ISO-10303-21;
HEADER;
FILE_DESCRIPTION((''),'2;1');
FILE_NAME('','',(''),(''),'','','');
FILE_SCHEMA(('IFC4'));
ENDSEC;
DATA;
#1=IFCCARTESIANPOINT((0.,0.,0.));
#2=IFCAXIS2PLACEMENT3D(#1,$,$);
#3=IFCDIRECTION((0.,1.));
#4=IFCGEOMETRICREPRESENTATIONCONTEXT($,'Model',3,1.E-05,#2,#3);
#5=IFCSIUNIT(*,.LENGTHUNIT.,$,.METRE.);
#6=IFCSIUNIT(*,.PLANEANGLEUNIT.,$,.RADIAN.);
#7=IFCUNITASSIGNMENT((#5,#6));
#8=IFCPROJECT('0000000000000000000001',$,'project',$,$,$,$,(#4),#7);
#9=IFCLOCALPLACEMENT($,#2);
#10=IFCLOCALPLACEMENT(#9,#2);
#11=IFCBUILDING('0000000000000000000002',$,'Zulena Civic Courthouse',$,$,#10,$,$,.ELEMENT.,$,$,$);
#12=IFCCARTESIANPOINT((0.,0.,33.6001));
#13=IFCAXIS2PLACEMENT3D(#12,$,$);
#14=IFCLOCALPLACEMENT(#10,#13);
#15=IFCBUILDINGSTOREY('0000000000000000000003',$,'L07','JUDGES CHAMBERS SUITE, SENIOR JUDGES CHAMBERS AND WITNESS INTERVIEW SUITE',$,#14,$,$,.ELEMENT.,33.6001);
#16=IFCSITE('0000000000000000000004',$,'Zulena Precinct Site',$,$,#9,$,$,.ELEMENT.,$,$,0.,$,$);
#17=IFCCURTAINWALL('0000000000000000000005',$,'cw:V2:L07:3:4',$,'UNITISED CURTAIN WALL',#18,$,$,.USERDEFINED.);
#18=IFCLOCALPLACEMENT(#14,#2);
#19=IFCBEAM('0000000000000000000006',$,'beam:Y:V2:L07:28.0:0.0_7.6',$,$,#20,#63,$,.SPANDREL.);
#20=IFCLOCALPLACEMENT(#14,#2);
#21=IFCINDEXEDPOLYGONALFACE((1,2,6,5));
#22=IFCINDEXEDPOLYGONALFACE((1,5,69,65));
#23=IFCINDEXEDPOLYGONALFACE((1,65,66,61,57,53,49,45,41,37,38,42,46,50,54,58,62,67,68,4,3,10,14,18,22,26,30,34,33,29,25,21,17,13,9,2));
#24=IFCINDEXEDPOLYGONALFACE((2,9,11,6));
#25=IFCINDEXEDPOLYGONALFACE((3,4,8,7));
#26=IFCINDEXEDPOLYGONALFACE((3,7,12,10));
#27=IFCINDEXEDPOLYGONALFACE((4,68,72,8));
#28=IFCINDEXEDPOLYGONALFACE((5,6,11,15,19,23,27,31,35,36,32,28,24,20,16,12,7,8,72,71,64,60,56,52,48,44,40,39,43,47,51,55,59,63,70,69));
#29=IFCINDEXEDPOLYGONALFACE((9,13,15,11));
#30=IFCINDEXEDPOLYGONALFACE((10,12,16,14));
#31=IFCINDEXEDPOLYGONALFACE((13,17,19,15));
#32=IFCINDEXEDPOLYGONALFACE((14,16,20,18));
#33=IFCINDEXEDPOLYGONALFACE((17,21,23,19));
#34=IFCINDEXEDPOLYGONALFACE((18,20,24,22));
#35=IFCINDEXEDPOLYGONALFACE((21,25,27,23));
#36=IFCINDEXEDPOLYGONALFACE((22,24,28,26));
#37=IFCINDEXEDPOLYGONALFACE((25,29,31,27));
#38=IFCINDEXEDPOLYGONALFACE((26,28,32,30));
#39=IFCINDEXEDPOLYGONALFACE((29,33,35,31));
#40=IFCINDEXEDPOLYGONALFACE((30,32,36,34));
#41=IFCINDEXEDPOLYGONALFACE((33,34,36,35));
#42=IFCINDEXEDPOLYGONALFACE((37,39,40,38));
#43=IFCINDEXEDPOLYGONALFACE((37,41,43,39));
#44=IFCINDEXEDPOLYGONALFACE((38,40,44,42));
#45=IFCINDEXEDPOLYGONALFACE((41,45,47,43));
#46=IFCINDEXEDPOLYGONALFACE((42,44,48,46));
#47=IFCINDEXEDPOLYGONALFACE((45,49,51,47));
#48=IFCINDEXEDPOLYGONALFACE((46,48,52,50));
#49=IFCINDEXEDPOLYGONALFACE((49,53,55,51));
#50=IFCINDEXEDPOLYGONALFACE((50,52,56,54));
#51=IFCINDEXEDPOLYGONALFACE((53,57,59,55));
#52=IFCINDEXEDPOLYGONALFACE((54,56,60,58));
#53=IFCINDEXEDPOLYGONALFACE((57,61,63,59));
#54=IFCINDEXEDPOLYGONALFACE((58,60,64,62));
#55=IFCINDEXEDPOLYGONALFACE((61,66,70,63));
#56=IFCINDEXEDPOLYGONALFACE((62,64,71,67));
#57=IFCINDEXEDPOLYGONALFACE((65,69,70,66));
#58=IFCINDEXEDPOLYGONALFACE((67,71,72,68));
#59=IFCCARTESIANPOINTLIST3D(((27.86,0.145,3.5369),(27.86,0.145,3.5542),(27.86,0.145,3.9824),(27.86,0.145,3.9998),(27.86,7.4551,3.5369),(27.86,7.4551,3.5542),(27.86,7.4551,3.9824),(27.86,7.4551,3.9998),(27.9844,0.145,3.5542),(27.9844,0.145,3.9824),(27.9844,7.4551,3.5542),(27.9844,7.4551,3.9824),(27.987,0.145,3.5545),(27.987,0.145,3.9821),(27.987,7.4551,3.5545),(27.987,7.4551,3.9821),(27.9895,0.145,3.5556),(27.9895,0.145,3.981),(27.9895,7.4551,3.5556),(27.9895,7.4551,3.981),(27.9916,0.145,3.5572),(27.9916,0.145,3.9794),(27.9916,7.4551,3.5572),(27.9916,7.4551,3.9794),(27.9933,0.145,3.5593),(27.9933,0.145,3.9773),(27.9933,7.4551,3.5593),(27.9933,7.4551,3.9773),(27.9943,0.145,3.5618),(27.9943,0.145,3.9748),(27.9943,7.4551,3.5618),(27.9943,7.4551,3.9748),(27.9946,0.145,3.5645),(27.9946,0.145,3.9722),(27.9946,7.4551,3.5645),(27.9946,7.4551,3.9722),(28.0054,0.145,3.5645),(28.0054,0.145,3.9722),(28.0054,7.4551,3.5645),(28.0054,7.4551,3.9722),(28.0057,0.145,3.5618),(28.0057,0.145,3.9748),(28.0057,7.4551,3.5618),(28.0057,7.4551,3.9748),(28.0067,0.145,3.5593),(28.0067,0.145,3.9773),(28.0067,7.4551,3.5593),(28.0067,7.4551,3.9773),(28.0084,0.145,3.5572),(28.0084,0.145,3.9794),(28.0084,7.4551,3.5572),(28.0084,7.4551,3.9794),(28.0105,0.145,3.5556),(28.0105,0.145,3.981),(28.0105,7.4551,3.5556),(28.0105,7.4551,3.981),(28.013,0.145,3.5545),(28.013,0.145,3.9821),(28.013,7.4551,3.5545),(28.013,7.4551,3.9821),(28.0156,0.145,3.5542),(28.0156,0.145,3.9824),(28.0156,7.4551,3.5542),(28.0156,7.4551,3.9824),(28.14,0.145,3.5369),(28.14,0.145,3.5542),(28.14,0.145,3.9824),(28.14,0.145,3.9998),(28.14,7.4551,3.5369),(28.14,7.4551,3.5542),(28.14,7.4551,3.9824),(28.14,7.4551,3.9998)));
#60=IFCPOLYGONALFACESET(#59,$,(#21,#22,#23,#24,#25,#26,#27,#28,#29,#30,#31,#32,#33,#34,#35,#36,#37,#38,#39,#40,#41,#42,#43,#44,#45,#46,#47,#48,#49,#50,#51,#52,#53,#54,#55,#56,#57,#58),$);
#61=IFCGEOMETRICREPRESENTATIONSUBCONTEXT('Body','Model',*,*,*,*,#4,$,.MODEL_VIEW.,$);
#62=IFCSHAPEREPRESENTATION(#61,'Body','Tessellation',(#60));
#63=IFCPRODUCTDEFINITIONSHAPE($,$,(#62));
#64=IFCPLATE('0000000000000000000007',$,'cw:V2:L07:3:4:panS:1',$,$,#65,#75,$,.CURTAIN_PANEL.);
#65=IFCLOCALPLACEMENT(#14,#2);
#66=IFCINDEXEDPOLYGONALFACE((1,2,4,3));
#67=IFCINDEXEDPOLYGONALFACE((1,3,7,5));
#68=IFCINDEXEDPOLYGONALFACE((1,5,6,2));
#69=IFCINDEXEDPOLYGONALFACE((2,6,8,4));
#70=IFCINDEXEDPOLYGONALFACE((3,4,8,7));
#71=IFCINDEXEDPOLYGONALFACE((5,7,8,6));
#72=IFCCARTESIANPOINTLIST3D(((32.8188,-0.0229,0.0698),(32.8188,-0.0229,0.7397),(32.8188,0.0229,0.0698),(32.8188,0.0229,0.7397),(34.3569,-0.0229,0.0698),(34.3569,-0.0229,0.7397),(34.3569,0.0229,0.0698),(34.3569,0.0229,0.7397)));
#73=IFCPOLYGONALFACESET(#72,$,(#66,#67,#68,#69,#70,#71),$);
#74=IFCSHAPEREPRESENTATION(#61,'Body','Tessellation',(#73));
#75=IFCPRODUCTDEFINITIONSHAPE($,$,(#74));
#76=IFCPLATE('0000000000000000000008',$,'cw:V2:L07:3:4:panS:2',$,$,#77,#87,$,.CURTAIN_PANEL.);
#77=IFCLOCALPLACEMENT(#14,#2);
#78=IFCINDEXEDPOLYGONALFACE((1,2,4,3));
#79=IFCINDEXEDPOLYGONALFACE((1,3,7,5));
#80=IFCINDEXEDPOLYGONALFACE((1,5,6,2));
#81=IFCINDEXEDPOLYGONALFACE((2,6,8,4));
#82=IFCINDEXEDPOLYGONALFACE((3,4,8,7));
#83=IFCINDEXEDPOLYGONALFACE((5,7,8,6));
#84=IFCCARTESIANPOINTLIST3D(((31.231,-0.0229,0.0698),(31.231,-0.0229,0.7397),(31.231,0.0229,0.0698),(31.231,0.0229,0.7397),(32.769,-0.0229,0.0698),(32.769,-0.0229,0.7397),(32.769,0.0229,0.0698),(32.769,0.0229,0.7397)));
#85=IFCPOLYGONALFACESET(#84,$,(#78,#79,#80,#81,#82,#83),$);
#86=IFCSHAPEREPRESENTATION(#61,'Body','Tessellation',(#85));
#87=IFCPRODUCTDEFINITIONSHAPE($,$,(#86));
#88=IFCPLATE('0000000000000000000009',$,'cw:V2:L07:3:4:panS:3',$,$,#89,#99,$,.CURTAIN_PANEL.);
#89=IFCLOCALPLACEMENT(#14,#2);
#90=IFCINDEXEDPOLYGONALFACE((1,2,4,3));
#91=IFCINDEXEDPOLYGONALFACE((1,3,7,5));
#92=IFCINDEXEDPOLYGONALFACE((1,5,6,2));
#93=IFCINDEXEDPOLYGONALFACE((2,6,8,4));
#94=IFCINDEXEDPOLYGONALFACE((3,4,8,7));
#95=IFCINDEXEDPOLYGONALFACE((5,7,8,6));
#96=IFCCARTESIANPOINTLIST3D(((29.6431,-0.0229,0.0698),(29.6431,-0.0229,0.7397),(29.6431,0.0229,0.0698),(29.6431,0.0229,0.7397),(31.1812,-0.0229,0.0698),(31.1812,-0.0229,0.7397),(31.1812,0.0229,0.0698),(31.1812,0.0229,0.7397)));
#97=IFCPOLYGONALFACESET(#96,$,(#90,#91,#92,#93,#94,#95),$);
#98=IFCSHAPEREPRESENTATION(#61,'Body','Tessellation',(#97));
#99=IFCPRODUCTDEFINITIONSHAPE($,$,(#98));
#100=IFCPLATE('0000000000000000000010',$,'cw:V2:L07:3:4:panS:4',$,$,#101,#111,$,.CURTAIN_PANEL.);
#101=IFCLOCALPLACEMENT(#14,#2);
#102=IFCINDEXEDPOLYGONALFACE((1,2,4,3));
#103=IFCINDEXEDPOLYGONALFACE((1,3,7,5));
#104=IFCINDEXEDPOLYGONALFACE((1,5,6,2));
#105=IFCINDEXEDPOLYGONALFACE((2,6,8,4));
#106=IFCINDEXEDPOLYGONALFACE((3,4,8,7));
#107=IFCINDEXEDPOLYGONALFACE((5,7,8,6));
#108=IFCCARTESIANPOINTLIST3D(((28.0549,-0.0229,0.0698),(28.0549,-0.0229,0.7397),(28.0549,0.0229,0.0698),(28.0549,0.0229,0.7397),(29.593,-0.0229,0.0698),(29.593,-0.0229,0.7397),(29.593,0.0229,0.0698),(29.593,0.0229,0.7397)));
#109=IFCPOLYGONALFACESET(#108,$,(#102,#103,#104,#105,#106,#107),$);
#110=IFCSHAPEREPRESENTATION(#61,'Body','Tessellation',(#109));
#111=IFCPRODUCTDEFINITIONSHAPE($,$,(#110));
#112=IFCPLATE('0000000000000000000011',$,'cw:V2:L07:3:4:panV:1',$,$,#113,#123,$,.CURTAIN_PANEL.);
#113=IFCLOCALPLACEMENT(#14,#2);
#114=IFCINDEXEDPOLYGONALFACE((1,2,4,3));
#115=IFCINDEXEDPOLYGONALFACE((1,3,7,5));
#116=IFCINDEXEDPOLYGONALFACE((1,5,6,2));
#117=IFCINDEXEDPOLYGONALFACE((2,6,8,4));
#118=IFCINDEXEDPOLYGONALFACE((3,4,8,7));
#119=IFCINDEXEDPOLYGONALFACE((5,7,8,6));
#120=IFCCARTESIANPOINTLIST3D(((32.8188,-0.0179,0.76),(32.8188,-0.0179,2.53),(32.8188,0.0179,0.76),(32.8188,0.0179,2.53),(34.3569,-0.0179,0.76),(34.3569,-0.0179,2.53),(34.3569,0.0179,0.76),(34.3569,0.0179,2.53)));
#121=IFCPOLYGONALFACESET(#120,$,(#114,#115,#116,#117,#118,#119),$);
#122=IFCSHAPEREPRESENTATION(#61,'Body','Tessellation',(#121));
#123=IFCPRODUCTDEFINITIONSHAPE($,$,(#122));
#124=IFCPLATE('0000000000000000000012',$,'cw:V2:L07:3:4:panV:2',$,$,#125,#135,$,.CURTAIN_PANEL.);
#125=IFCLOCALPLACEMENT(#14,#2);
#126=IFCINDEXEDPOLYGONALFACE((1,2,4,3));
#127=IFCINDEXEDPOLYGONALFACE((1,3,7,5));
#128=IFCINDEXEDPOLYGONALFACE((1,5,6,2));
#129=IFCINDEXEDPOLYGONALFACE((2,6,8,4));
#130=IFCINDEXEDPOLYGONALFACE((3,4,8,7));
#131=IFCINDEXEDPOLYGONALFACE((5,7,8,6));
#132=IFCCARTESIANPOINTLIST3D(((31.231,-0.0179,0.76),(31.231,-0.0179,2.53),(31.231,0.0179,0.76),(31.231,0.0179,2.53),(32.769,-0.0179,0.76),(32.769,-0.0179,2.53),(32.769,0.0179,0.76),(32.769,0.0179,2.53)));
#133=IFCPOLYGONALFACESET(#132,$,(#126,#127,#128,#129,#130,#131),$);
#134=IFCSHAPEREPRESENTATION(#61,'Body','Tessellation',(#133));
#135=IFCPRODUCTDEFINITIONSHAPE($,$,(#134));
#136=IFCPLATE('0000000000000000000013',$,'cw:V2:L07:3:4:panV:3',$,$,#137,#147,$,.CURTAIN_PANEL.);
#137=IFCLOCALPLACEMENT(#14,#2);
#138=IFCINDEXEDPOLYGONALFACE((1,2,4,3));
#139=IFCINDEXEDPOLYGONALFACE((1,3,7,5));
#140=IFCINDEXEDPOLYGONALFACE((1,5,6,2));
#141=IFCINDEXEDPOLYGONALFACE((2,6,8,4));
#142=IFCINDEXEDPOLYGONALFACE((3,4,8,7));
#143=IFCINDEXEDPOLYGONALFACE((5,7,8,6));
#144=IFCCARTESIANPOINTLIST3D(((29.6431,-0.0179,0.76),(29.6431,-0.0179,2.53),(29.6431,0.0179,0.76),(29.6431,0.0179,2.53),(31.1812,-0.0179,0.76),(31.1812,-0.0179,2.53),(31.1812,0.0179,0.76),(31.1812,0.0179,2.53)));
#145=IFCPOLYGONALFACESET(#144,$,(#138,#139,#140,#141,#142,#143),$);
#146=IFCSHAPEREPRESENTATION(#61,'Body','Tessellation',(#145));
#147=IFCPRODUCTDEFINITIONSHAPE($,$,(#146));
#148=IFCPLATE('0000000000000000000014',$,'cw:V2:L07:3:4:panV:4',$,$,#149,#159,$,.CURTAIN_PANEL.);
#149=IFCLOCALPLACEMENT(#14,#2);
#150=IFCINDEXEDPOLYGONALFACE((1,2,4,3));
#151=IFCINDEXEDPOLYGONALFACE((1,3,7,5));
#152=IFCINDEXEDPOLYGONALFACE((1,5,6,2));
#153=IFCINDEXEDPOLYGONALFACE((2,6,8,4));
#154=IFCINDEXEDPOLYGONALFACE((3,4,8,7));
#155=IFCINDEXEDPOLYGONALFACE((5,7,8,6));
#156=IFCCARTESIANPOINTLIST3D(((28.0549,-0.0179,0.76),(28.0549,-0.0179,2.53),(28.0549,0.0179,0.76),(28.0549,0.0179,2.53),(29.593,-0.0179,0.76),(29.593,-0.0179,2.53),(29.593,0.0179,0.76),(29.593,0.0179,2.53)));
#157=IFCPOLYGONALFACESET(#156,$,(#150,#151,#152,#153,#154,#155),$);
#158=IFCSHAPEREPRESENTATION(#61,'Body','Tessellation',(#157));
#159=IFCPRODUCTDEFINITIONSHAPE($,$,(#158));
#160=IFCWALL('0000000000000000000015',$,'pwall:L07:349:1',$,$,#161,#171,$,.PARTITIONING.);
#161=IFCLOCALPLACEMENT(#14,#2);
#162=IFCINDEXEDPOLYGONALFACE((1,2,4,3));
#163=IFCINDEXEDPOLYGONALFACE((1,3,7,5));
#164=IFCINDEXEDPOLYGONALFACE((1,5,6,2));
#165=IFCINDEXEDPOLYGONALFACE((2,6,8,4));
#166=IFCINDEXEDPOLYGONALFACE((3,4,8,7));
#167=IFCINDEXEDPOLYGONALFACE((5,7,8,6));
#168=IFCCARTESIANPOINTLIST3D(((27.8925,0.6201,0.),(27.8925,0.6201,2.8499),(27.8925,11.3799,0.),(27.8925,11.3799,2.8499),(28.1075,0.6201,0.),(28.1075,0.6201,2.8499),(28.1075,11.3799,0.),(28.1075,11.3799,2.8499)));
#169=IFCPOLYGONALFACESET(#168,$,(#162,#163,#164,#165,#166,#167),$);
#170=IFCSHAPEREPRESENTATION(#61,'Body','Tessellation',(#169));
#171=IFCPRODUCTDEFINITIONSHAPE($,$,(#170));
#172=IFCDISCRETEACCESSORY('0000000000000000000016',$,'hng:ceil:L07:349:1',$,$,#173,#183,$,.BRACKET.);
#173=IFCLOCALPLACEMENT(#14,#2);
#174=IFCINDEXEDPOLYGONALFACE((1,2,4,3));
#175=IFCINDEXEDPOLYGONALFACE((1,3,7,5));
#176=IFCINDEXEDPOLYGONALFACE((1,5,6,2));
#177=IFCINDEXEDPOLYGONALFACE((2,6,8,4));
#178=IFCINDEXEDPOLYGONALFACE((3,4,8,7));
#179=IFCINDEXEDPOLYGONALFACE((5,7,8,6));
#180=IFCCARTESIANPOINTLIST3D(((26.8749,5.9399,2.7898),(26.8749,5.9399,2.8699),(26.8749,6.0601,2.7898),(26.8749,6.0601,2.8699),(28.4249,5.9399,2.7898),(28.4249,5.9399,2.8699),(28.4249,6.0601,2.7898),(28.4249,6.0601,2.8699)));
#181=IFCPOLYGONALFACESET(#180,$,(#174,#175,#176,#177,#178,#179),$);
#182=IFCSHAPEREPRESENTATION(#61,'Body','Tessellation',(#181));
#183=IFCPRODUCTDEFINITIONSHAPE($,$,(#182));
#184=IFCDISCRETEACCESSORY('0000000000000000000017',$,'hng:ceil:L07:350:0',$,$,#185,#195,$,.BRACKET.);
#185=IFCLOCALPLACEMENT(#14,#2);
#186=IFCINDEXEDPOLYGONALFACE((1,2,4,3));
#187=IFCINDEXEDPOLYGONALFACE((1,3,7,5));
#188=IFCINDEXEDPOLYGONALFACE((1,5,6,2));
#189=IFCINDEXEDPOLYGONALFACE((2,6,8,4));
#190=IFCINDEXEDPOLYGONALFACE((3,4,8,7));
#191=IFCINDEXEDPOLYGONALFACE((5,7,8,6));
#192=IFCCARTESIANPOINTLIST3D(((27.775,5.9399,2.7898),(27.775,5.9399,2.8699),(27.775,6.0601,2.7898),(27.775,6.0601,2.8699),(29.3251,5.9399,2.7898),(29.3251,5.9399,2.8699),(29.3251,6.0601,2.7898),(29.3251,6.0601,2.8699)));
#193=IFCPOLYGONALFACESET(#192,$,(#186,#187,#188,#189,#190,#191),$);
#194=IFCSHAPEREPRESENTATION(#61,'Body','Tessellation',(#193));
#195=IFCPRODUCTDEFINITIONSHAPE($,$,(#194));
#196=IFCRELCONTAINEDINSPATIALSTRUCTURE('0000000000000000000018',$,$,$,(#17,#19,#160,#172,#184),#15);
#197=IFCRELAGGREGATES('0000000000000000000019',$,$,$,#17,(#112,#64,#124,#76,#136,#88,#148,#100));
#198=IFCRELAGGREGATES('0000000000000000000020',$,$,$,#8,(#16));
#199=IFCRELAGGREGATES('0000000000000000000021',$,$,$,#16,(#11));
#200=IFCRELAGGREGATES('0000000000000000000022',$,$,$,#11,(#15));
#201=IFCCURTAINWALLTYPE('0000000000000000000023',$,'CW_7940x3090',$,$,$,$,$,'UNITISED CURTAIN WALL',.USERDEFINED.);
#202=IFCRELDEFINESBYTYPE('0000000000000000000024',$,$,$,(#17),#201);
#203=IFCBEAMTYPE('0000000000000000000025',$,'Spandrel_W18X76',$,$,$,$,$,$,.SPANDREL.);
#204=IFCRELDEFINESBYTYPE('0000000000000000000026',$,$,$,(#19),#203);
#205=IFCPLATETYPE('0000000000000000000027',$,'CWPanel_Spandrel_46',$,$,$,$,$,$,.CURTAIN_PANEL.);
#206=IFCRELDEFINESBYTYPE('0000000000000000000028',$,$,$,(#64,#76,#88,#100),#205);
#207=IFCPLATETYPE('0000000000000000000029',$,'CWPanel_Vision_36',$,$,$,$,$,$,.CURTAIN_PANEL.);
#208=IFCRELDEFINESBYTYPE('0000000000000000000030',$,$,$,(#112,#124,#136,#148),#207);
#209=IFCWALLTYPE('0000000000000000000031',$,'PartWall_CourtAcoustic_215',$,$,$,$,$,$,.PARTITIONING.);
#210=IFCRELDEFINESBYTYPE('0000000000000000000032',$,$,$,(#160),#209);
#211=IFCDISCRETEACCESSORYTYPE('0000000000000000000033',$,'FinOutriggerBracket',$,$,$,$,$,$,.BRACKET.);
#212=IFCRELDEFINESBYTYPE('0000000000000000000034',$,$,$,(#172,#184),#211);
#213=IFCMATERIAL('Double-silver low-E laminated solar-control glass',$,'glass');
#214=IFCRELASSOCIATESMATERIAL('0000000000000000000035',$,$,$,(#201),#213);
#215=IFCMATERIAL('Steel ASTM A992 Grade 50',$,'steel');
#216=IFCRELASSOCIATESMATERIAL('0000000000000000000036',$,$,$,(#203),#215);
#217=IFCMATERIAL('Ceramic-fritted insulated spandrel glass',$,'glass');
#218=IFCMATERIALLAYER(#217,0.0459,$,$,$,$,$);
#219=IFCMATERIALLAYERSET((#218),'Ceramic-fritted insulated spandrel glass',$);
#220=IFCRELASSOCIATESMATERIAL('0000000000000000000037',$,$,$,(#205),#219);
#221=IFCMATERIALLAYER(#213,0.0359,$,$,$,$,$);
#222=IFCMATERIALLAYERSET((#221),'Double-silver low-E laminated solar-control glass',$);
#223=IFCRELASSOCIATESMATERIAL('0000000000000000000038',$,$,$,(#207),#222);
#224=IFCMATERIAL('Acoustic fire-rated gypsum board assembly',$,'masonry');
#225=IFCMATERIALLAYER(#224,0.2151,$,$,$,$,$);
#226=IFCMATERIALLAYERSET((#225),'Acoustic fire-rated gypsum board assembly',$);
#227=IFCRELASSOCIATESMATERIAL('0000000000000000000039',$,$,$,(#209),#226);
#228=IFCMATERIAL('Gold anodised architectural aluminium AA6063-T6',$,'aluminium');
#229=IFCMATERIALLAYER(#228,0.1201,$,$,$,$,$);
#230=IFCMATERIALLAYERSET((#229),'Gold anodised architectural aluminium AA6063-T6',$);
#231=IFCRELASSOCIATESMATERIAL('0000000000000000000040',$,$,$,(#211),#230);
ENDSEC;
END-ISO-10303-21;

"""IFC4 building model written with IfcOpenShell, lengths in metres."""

from ifc_helpers import new_model, si_unit, direction, frame, frame_2d, origin, origin_2d, place, context, subcontext, project, spatial, rectangle, i_section, extrude, material, layer, layer_set, material_profile, profile_set, type_object, element, aggregate, save


model = new_model("IFC4")

# Units and contexts
model_context = context("Model", 3, precision=1e-05, world=origin(), true_north=direction((0.0, 1.0)))
body_context = subcontext(model_context, "Body", "Model", "MODEL_VIEW")
ifc_project = project(units=[si_unit("LENGTHUNIT", "METRE"), si_unit("PLANEANGLEUNIT", "RADIAN")], contexts=[model_context])

# Site, building, storey
site_placement = place(None, origin())
site = spatial("IfcSite", under=ifc_project, at=site_placement, Name="Zulena Precinct Site", CompositionType="ELEMENT", RefElevation=0.0)
building_placement = place(site_placement, origin())
building = spatial("IfcBuilding", under=site, at=building_placement, Name="Zulena Civic Courthouse", CompositionType="ELEMENT")
storey_placement = place(building_placement, frame((0.0, 0.0, 33.6001)))
storey = spatial("IfcBuildingStorey", under=building, at=storey_placement, Name="L07", Description="JUDGES CHAMBERS SUITE, SENIOR JUDGES CHAMBERS AND WITNESS INTERVIEW SUITE", CompositionType="ELEMENT", Elevation=33.6001)

# Shared definitions
ifc_material_1 = material(Name="Steel ASTM A992 Grade 50", Category="steel")

# Curtain wall
ifc_material_2 = material(Name="Double-silver low-E laminated solar-control glass", Category="glass")
curtain_wall_type = type_object("IfcCurtainWallType", Name="CW_7940x3090", ElementType="UNITISED CURTAIN WALL", PredefinedType="USERDEFINED", material=ifc_material_2)
curtain_wall_placement = place(storey_placement, origin())
curtain_wall = element("IfcCurtainWall", 1, at=curtain_wall_placement, inside=storey, type_object=curtain_wall_type, Name="cw:V2:L07:3:4", ObjectType="UNITISED CURTAIN WALL", PredefinedType="USERDEFINED")

# Beam
ifc_material_profile_1 = material_profile(ifc_material_1, i_section(OverallWidth=0.28, OverallDepth=0.4629, WebThickness=0.0107, FlangeThickness=0.0173, FilletRadius=0.0103, at=origin_2d()), Name="W18X76")
ifc_profile_set_1 = profile_set([ifc_material_profile_1], Name="Steel ASTM A992 Grade 50")
beam_type_1 = type_object("IfcBeamType", Name="Spandrel_W18X76", PredefinedType="SPANDREL", material=ifc_profile_set_1)
beam_1_placement = place(storey_placement, frame((28.0, 0.145, 3.7683), z_axis=(0.0, 1.0, 0.0), x_axis=(-1.0, 0.0, 0.0)))
element("IfcBeam", 2, at=beam_1_placement, inside=storey, type_object=beam_type_1, Name="beam:Y:V2:L07:28.0:0.0_7.6", PredefinedType="SPANDREL", context=body_context, shape_type="SweptSolid", body=[
    extrude(i_section(OverallWidth=0.28, OverallDepth=0.4629, WebThickness=0.0107, FlangeThickness=0.0173, FilletRadius=0.0103, at=origin_2d()), origin(), (0.0, 0.0, 1.0), 7.3101),
])

# Plates
ifc_material_3 = material(Name="Ceramic-fritted insulated spandrel glass", Category="glass")
ifc_layer_1 = layer(ifc_material_3, 0.0459)
ifc_layer_set_1 = layer_set([ifc_layer_1], Name="Ceramic-fritted insulated spandrel glass")
plate_type_1 = type_object("IfcPlateType", Name="CWPanel_Spandrel_46", PredefinedType="CURTAIN_PANEL", material=ifc_layer_set_1)
plate_1_placement = place(storey_placement, frame((33.5879, 0.0, 0.0698), z_axis=(0.0, 0.0, 1.0), x_axis=(-1.0, 0.0, 0.0)))
plate_1 = element("IfcPlate", 3, at=plate_1_placement, type_object=plate_type_1, Name="cw:V2:L07:3:4:panS:1", PredefinedType="CURTAIN_PANEL", context=body_context, shape_type="SweptSolid", body=[
    extrude(rectangle(XDim=1.5381, YDim=0.0459, at=origin_2d()), origin(), (0.0, 0.0, 1.0), 0.6699),
])
plate_2_placement = place(storey_placement, frame((32.0, 0.0, 0.0698), z_axis=(0.0, 0.0, 1.0), x_axis=(-1.0, 0.0, 0.0)))
plate_2 = element("IfcPlate", 4, at=plate_2_placement, type_object=plate_type_1, Name="cw:V2:L07:3:4:panS:2", PredefinedType="CURTAIN_PANEL", context=body_context, shape_type="SweptSolid", body=[
    extrude(rectangle(XDim=1.5381, YDim=0.0459, at=origin_2d()), origin(), (0.0, 0.0, 1.0), 0.6699),
])
plate_3_placement = place(storey_placement, frame((30.4121, 0.0, 0.0698), z_axis=(0.0, 0.0, 1.0), x_axis=(-1.0, 0.0, 0.0)))
plate_3 = element("IfcPlate", 5, at=plate_3_placement, type_object=plate_type_1, Name="cw:V2:L07:3:4:panS:3", PredefinedType="CURTAIN_PANEL", context=body_context, shape_type="SweptSolid", body=[
    extrude(rectangle(XDim=1.5381, YDim=0.0459, at=origin_2d()), origin(), (0.0, 0.0, 1.0), 0.6699),
])
plate_4_placement = place(storey_placement, frame((28.824, 0.0, 0.0698), z_axis=(0.0, 0.0, 1.0), x_axis=(-1.0, 0.0, 0.0)))
plate_4 = element("IfcPlate", 6, at=plate_4_placement, type_object=plate_type_1, Name="cw:V2:L07:3:4:panS:4", PredefinedType="CURTAIN_PANEL", context=body_context, shape_type="SweptSolid", body=[
    extrude(rectangle(XDim=1.5381, YDim=0.0459, at=origin_2d()), origin(), (0.0, 0.0, 1.0), 0.6699),
])
ifc_layer_2 = layer(ifc_material_2, 0.0359)
ifc_layer_set_2 = layer_set([ifc_layer_2], Name="Double-silver low-E laminated solar-control glass")
plate_type_2 = type_object("IfcPlateType", Name="CWPanel_Vision_36", PredefinedType="CURTAIN_PANEL", material=ifc_layer_set_2)
plate_5_placement = place(storey_placement, frame((33.5879, 0.0, 0.76), z_axis=(0.0, 0.0, 1.0), x_axis=(-1.0, 0.0, 0.0)))
plate_5 = element("IfcPlate", 7, at=plate_5_placement, type_object=plate_type_2, Name="cw:V2:L07:3:4:panV:1", PredefinedType="CURTAIN_PANEL", context=body_context, shape_type="SweptSolid", body=[
    extrude(rectangle(XDim=1.5381, YDim=0.0359, at=origin_2d()), origin(), (0.0, 0.0, 1.0), 1.77),
])
plate_6_placement = place(storey_placement, frame((32.0, 0.0, 0.76), z_axis=(0.0, 0.0, 1.0), x_axis=(-1.0, 0.0, 0.0)))
plate_6 = element("IfcPlate", 8, at=plate_6_placement, type_object=plate_type_2, Name="cw:V2:L07:3:4:panV:2", PredefinedType="CURTAIN_PANEL", context=body_context, shape_type="SweptSolid", body=[
    extrude(rectangle(XDim=1.5381, YDim=0.0359, at=origin_2d()), origin(), (0.0, 0.0, 1.0), 1.77),
])
plate_7_placement = place(storey_placement, frame((30.4121, 0.0, 0.76), z_axis=(0.0, 0.0, 1.0), x_axis=(-1.0, 0.0, 0.0)))
plate_7 = element("IfcPlate", 9, at=plate_7_placement, type_object=plate_type_2, Name="cw:V2:L07:3:4:panV:3", PredefinedType="CURTAIN_PANEL", context=body_context, shape_type="SweptSolid", body=[
    extrude(rectangle(XDim=1.5381, YDim=0.0359, at=origin_2d()), origin(), (0.0, 0.0, 1.0), 1.77),
])
plate_8_placement = place(storey_placement, frame((28.824, 0.0, 0.76), z_axis=(0.0, 0.0, 1.0), x_axis=(-1.0, 0.0, 0.0)))
plate_8 = element("IfcPlate", 10, at=plate_8_placement, type_object=plate_type_2, Name="cw:V2:L07:3:4:panV:4", PredefinedType="CURTAIN_PANEL", context=body_context, shape_type="SweptSolid", body=[
    extrude(rectangle(XDim=1.5381, YDim=0.0359, at=origin_2d()), origin(), (0.0, 0.0, 1.0), 1.77),
])
aggregate(curtain_wall, [plate_5, plate_1, plate_6, plate_2, plate_7, plate_3, plate_8, plate_4])

# Wall
ifc_material_4 = material(Name="Acoustic fire-rated gypsum board assembly", Category="masonry")
ifc_layer_3 = layer(ifc_material_4, 0.2151)
ifc_layer_set_3 = layer_set([ifc_layer_3], Name="Acoustic fire-rated gypsum board assembly")
wall_type = type_object("IfcWallType", Name="PartWall_CourtAcoustic_215", PredefinedType="PARTITIONING", material=ifc_layer_set_3)
wall_placement = place(storey_placement, frame((28.0, 0.6201, 0.0), z_axis=(0.0, 0.0, 1.0), x_axis=(0.0, 1.0, 0.0)))
element("IfcWall", 11, at=wall_placement, inside=storey, type_object=wall_type, Name="pwall:L07:349:1", PredefinedType="PARTITIONING", context=body_context, shape_type="SweptSolid", body=[
    extrude(rectangle(XDim=10.7598, YDim=0.2151, at=frame_2d((5.3799, 0.0))), origin(), (0.0, 0.0, 1.0), 2.8499),
])

# Discrete accessories
ifc_material_5 = material(Name="Gold anodised architectural aluminium AA6063-T6", Category="aluminium")
ifc_layer_4 = layer(ifc_material_5, 0.1201)
ifc_layer_set_4 = layer_set([ifc_layer_4], Name="Gold anodised architectural aluminium AA6063-T6")
discrete_accessory_type = type_object("IfcDiscreteAccessoryType", Name="FinOutriggerBracket", PredefinedType="BRACKET", material=ifc_layer_set_4)
for number, where, z_axis, x_axis, name in (
    (12, (27.6499, 6.0, 2.7898), (0.0, 0.0, 1.0), (1.0, 0.0, 0.0), "hng:ceil:L07:349:1"),
    (13, (28.55, 6.0, 2.7898), (0.0, 0.0, 1.0), (1.0, 0.0, 0.0), "hng:ceil:L07:350:0"),
):
    element("IfcDiscreteAccessory", number, at=place(storey_placement, frame(where, z_axis=z_axis, x_axis=x_axis)), inside=storey, type_object=discrete_accessory_type, Name=name, PredefinedType="BRACKET", context=body_context, shape_type="SweptSolid", body=[
        extrude(rectangle(XDim=1.55, YDim=0.1201, at=origin_2d()), origin(), (0.0, 0.0, 1.0), 0.0801),
    ])

save(model, "model.ifc")
